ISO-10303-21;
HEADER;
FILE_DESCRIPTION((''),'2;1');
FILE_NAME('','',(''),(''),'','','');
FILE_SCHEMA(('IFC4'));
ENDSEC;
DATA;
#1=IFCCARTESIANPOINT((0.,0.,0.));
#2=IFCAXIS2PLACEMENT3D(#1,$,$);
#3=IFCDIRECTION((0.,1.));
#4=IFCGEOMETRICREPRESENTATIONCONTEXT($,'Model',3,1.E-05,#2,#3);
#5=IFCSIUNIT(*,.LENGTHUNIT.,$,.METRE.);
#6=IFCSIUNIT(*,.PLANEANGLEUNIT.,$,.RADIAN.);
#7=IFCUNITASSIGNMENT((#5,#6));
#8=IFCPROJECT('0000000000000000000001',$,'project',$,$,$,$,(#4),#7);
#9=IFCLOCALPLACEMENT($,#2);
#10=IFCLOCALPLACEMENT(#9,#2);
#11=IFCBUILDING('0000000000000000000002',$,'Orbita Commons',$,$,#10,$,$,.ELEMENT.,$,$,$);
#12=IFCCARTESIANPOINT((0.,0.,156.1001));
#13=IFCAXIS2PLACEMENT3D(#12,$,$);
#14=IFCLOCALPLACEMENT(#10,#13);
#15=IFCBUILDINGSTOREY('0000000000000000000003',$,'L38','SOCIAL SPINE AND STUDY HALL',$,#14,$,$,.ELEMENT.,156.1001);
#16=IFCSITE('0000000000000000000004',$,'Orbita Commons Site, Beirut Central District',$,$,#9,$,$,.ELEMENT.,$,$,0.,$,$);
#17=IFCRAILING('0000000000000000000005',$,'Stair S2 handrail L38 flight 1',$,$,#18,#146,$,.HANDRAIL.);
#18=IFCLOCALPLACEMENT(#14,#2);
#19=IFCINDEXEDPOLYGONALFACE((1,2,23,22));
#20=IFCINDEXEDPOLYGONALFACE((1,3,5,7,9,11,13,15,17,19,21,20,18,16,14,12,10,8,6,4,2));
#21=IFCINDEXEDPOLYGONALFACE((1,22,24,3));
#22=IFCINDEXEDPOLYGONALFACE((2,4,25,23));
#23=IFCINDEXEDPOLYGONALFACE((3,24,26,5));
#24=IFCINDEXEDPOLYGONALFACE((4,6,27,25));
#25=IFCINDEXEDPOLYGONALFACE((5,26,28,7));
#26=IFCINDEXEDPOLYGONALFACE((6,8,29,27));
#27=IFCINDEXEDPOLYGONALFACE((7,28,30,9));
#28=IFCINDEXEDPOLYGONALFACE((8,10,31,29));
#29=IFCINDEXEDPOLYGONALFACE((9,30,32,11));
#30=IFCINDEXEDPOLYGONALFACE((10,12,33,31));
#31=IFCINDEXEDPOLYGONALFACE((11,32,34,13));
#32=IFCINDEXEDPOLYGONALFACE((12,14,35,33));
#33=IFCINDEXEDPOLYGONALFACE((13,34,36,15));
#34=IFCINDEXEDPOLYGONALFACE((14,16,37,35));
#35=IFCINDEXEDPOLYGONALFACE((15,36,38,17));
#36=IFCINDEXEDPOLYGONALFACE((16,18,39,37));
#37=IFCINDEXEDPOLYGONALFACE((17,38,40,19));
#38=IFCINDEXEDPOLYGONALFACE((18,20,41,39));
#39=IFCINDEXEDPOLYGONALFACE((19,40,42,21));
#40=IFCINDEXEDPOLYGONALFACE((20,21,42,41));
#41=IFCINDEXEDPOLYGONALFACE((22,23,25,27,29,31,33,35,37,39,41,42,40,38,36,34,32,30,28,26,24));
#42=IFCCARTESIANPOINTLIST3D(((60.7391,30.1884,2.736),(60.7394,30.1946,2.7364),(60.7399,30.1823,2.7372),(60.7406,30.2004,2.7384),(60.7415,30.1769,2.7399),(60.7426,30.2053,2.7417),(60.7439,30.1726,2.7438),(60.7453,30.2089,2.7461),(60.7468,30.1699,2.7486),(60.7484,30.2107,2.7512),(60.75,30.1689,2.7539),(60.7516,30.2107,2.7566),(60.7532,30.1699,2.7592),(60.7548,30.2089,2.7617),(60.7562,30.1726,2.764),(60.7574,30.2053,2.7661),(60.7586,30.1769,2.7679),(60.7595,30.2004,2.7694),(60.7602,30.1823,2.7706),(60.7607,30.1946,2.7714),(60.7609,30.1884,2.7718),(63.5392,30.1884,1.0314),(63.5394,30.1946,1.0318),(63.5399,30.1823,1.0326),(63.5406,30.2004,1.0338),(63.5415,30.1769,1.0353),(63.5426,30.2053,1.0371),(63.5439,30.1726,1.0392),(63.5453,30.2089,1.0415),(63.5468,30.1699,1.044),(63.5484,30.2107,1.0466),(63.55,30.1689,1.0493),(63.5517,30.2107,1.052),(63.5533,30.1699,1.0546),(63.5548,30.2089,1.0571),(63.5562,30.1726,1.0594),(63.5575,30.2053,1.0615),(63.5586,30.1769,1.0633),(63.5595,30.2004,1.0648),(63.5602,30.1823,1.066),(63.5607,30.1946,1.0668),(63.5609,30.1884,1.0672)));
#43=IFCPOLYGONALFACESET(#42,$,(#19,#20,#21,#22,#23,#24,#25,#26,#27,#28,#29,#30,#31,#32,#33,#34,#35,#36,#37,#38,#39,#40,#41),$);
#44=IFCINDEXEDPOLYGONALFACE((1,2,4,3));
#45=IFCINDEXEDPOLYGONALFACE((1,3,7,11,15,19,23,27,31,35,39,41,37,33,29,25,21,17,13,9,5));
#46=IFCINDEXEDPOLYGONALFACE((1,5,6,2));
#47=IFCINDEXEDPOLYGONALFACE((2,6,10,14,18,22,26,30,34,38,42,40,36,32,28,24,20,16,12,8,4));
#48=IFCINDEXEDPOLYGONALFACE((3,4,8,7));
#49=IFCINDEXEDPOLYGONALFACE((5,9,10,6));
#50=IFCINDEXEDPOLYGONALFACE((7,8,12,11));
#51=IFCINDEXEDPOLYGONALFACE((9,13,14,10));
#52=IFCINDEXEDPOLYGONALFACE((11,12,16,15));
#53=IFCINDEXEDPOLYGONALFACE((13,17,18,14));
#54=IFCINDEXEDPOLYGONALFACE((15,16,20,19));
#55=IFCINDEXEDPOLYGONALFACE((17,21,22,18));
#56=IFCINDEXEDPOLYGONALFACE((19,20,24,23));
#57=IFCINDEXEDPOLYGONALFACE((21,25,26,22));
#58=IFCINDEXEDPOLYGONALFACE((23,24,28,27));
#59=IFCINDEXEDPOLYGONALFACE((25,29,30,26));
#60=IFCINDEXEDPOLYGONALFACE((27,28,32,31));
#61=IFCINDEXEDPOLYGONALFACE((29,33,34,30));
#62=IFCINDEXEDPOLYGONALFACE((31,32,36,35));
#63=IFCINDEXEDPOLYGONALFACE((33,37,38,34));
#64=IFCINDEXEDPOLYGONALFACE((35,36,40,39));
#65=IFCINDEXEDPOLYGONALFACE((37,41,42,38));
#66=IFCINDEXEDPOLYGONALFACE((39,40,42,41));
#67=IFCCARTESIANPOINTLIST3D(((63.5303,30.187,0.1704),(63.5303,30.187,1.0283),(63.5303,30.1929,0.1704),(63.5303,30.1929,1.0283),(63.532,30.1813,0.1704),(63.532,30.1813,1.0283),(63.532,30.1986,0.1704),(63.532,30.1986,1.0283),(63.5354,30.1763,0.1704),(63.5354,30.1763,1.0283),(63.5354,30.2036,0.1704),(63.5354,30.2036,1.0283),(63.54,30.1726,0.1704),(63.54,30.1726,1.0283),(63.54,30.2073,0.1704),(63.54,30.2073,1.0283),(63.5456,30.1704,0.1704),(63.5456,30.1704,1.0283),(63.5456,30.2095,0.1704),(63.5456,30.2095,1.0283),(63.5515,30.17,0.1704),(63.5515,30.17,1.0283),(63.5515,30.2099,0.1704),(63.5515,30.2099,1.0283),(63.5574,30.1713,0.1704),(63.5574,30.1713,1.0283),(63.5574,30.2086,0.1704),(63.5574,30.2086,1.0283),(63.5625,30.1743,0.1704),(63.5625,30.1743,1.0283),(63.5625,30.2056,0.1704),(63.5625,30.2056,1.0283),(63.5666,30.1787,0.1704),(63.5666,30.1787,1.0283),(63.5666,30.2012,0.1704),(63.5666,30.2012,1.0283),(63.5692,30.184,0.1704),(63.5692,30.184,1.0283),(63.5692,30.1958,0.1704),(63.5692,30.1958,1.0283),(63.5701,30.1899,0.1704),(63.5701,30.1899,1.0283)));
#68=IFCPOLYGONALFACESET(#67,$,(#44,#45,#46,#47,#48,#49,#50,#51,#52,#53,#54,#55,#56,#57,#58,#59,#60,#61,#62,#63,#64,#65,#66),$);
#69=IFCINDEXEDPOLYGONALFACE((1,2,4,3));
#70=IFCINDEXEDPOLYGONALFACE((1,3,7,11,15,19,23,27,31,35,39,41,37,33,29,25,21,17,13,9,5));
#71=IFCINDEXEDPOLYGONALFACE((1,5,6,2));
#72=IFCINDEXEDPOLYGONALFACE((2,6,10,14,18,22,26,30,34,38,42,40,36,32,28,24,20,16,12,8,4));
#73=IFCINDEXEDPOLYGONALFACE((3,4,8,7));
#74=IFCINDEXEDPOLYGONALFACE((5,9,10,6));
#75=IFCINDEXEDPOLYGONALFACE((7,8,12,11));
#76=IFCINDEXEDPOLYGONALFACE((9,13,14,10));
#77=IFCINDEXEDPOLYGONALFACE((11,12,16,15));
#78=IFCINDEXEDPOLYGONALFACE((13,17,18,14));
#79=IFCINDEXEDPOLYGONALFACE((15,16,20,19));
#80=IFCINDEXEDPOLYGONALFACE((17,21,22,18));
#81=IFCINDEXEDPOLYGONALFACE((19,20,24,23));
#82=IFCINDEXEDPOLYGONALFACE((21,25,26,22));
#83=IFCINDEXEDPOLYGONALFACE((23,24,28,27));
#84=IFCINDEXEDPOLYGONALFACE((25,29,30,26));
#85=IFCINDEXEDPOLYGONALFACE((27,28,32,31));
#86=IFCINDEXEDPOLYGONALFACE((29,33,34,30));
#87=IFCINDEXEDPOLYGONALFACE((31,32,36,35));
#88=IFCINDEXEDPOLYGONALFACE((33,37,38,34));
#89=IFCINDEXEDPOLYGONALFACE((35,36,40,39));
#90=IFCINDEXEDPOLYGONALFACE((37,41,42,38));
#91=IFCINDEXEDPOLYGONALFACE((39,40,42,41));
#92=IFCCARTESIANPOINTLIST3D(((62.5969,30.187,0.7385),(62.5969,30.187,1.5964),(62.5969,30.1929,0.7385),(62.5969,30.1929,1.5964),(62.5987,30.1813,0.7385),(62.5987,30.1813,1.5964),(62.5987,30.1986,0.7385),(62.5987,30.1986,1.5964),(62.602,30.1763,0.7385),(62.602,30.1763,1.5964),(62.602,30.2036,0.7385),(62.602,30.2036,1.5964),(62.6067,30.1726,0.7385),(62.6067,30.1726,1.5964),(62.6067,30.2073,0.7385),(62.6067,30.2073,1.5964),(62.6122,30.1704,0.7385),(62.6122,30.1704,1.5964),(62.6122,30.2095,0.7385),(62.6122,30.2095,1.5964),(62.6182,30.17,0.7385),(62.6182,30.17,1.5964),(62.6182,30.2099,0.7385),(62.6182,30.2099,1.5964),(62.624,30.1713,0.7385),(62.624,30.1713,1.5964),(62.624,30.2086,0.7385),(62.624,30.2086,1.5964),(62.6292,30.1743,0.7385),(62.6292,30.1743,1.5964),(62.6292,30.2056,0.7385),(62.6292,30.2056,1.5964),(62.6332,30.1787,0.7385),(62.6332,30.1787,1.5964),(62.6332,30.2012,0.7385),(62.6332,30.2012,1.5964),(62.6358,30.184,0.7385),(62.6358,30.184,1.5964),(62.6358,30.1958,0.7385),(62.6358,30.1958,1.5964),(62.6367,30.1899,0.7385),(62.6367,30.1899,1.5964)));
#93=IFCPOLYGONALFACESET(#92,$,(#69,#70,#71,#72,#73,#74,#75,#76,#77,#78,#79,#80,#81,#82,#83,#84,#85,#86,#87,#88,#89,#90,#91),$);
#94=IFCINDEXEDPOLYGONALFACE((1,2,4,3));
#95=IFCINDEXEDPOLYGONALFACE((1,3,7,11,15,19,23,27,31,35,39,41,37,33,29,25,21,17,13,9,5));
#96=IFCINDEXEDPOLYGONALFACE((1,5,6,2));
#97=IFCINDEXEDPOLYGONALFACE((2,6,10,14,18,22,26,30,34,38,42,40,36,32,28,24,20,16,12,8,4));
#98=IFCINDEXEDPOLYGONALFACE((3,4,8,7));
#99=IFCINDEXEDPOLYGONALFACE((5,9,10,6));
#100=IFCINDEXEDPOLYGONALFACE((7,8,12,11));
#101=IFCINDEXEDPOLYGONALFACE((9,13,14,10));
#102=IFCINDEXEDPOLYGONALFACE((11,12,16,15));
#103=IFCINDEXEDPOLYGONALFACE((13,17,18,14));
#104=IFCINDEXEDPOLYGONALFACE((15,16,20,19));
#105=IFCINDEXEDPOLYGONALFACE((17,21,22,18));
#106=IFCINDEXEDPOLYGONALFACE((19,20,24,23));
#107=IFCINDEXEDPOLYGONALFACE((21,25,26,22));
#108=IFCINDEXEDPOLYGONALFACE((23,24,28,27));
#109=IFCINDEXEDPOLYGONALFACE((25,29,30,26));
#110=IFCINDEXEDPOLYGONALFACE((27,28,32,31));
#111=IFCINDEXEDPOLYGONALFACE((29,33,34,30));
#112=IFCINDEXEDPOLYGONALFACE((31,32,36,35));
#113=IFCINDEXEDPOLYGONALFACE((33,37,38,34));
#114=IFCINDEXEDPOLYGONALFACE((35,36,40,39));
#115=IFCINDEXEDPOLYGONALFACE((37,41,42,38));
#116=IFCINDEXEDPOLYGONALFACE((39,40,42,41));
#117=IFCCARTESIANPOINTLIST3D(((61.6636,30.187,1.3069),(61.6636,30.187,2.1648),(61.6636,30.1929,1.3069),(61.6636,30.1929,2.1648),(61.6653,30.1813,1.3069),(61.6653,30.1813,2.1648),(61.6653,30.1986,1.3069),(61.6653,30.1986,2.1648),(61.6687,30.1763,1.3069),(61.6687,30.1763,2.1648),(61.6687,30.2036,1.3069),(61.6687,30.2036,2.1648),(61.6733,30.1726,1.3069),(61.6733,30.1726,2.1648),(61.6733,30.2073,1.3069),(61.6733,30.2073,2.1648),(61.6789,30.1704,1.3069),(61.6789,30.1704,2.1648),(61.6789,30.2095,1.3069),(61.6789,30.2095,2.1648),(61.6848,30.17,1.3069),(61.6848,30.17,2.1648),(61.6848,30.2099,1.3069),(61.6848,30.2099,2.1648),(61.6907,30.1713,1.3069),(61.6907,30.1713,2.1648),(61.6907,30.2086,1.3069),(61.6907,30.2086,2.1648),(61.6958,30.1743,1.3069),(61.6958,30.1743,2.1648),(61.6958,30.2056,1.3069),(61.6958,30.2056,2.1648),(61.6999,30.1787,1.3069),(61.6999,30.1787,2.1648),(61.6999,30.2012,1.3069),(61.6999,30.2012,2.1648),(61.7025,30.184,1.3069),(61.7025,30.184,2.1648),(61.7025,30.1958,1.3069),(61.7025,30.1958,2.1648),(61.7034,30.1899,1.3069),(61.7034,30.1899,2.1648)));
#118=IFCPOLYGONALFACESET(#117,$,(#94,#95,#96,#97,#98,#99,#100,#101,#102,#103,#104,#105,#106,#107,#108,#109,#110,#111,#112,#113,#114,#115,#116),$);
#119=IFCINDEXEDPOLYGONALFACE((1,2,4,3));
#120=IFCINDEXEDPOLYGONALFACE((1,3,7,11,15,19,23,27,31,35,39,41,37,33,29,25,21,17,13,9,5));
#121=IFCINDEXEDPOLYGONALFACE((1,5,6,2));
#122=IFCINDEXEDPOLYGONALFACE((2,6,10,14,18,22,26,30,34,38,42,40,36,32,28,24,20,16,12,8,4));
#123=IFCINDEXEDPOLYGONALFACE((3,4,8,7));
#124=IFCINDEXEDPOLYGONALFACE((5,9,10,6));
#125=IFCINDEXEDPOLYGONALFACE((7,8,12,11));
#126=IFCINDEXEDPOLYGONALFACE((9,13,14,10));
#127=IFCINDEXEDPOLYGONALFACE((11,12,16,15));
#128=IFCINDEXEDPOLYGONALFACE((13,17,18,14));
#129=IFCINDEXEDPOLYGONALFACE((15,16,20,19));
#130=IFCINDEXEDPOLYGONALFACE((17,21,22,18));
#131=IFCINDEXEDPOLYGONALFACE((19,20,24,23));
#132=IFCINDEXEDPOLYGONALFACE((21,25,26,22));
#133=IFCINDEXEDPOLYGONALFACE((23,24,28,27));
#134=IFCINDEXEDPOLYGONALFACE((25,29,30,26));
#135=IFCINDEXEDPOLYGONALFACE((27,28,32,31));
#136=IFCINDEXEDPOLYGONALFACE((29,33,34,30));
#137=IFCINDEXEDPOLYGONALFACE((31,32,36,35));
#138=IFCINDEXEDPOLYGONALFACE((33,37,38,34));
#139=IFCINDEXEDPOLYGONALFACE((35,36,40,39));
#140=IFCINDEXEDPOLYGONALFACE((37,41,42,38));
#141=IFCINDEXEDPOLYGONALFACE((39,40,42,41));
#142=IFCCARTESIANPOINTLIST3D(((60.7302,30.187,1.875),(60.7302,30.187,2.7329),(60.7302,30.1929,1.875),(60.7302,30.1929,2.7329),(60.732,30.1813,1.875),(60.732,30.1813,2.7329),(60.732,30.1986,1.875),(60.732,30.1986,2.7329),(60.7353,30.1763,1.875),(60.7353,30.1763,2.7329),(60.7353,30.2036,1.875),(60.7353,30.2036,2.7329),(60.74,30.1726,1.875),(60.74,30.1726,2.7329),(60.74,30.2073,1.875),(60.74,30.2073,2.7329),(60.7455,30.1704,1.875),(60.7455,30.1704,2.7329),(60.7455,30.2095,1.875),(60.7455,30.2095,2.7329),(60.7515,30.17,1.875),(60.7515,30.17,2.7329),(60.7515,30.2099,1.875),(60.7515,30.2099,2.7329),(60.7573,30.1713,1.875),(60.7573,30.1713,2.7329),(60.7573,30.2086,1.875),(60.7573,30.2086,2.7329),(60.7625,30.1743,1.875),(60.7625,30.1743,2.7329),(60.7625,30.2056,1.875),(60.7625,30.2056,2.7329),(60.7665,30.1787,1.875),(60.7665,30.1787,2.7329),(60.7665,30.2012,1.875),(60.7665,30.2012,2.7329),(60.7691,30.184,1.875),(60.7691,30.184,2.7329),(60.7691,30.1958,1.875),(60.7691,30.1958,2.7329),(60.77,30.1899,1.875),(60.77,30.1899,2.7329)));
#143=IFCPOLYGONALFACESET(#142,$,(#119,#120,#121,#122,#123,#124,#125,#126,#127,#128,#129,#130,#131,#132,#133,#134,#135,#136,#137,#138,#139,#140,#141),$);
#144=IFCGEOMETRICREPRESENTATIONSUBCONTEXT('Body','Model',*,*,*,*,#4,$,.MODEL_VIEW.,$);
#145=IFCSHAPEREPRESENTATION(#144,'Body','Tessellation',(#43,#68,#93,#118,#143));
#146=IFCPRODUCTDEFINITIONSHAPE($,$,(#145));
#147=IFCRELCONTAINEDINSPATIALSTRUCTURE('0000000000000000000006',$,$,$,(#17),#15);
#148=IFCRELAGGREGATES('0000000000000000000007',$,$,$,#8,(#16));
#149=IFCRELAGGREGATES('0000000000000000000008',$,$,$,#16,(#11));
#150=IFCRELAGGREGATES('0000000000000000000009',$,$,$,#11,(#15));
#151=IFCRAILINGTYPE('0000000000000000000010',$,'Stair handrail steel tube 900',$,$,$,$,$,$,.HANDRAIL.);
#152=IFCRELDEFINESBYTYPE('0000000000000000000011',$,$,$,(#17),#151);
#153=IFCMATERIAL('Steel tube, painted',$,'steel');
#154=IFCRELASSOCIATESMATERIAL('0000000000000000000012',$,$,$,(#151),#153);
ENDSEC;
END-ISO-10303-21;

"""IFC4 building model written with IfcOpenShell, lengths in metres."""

from ifc_helpers import new_model, si_unit, direction, frame, origin, origin_2d, place, context, subcontext, project, spatial, circle, extrude, material, type_object, element, save


model = new_model("IFC4")

# Units and contexts
model_context = context("Model", 3, precision=1e-05, world=origin(), true_north=direction((0.0, 1.0)))
body_context = subcontext(model_context, "Body", "Model", "MODEL_VIEW")
ifc_project = project(units=[si_unit("LENGTHUNIT", "METRE"), si_unit("PLANEANGLEUNIT", "RADIAN")], contexts=[model_context])

# Site, building, storey
site_placement = place(None, origin())
site = spatial("IfcSite", under=ifc_project, at=site_placement, Name="Orbita Commons Site, Beirut Central District", CompositionType="ELEMENT", RefElevation=0.0)
building_placement = place(site_placement, origin())
building = spatial("IfcBuilding", under=site, at=building_placement, Name="Orbita Commons", CompositionType="ELEMENT")
storey_placement = place(building_placement, frame((0.0, 0.0, 156.1001)))
storey = spatial("IfcBuildingStorey", under=building, at=storey_placement, Name="L38", Description="SOCIAL SPINE AND STUDY HALL", CompositionType="ELEMENT", Elevation=156.1001)

# Railing
ifc_material_1 = material(Name="Steel tube, painted", Category="steel")
railing_type = type_object("IfcRailingType", Name="Stair handrail steel tube 900", PredefinedType="HANDRAIL", material=ifc_material_1)
for number, where, name in (
    (1, (63.55, 30.1899, 0.1704), "Stair S2 handrail L38 flight 1"),
):
    element("IfcRailing", number, at=place(storey_placement, frame(where)), inside=storey, type_object=railing_type, Name=name, PredefinedType="HANDRAIL", context=body_context, shape_type="SweptSolid", body=[
        extrude(circle(Radius=0.021, at=origin_2d()), frame((0.0, 0.0, 0.8789), z_axis=(-0.85417, 0.0, 0.519994), x_axis=(0.0, -1.0, 0.0)), (0.0, 0.0, 1.0), 3.2781),
        extrude(circle(Radius=0.02, at=origin_2d()), origin(), (0.0, 0.0, 1.0), 0.8579),
        extrude(circle(Radius=0.02, at=origin_2d()), frame((-0.9333, 0.0, 0.5681)), (0.0, 0.0, 1.0), 0.8579),
        extrude(circle(Radius=0.02, at=origin_2d()), frame((-1.8667, 0.0, 1.1365)), (0.0, 0.0, 1.0), 0.8579),
        extrude(circle(Radius=0.02, at=origin_2d()), frame((-2.8, 0.0, 1.7046)), (0.0, 0.0, 1.0), 0.8579),
    ])

save(model, "model.ifc")
